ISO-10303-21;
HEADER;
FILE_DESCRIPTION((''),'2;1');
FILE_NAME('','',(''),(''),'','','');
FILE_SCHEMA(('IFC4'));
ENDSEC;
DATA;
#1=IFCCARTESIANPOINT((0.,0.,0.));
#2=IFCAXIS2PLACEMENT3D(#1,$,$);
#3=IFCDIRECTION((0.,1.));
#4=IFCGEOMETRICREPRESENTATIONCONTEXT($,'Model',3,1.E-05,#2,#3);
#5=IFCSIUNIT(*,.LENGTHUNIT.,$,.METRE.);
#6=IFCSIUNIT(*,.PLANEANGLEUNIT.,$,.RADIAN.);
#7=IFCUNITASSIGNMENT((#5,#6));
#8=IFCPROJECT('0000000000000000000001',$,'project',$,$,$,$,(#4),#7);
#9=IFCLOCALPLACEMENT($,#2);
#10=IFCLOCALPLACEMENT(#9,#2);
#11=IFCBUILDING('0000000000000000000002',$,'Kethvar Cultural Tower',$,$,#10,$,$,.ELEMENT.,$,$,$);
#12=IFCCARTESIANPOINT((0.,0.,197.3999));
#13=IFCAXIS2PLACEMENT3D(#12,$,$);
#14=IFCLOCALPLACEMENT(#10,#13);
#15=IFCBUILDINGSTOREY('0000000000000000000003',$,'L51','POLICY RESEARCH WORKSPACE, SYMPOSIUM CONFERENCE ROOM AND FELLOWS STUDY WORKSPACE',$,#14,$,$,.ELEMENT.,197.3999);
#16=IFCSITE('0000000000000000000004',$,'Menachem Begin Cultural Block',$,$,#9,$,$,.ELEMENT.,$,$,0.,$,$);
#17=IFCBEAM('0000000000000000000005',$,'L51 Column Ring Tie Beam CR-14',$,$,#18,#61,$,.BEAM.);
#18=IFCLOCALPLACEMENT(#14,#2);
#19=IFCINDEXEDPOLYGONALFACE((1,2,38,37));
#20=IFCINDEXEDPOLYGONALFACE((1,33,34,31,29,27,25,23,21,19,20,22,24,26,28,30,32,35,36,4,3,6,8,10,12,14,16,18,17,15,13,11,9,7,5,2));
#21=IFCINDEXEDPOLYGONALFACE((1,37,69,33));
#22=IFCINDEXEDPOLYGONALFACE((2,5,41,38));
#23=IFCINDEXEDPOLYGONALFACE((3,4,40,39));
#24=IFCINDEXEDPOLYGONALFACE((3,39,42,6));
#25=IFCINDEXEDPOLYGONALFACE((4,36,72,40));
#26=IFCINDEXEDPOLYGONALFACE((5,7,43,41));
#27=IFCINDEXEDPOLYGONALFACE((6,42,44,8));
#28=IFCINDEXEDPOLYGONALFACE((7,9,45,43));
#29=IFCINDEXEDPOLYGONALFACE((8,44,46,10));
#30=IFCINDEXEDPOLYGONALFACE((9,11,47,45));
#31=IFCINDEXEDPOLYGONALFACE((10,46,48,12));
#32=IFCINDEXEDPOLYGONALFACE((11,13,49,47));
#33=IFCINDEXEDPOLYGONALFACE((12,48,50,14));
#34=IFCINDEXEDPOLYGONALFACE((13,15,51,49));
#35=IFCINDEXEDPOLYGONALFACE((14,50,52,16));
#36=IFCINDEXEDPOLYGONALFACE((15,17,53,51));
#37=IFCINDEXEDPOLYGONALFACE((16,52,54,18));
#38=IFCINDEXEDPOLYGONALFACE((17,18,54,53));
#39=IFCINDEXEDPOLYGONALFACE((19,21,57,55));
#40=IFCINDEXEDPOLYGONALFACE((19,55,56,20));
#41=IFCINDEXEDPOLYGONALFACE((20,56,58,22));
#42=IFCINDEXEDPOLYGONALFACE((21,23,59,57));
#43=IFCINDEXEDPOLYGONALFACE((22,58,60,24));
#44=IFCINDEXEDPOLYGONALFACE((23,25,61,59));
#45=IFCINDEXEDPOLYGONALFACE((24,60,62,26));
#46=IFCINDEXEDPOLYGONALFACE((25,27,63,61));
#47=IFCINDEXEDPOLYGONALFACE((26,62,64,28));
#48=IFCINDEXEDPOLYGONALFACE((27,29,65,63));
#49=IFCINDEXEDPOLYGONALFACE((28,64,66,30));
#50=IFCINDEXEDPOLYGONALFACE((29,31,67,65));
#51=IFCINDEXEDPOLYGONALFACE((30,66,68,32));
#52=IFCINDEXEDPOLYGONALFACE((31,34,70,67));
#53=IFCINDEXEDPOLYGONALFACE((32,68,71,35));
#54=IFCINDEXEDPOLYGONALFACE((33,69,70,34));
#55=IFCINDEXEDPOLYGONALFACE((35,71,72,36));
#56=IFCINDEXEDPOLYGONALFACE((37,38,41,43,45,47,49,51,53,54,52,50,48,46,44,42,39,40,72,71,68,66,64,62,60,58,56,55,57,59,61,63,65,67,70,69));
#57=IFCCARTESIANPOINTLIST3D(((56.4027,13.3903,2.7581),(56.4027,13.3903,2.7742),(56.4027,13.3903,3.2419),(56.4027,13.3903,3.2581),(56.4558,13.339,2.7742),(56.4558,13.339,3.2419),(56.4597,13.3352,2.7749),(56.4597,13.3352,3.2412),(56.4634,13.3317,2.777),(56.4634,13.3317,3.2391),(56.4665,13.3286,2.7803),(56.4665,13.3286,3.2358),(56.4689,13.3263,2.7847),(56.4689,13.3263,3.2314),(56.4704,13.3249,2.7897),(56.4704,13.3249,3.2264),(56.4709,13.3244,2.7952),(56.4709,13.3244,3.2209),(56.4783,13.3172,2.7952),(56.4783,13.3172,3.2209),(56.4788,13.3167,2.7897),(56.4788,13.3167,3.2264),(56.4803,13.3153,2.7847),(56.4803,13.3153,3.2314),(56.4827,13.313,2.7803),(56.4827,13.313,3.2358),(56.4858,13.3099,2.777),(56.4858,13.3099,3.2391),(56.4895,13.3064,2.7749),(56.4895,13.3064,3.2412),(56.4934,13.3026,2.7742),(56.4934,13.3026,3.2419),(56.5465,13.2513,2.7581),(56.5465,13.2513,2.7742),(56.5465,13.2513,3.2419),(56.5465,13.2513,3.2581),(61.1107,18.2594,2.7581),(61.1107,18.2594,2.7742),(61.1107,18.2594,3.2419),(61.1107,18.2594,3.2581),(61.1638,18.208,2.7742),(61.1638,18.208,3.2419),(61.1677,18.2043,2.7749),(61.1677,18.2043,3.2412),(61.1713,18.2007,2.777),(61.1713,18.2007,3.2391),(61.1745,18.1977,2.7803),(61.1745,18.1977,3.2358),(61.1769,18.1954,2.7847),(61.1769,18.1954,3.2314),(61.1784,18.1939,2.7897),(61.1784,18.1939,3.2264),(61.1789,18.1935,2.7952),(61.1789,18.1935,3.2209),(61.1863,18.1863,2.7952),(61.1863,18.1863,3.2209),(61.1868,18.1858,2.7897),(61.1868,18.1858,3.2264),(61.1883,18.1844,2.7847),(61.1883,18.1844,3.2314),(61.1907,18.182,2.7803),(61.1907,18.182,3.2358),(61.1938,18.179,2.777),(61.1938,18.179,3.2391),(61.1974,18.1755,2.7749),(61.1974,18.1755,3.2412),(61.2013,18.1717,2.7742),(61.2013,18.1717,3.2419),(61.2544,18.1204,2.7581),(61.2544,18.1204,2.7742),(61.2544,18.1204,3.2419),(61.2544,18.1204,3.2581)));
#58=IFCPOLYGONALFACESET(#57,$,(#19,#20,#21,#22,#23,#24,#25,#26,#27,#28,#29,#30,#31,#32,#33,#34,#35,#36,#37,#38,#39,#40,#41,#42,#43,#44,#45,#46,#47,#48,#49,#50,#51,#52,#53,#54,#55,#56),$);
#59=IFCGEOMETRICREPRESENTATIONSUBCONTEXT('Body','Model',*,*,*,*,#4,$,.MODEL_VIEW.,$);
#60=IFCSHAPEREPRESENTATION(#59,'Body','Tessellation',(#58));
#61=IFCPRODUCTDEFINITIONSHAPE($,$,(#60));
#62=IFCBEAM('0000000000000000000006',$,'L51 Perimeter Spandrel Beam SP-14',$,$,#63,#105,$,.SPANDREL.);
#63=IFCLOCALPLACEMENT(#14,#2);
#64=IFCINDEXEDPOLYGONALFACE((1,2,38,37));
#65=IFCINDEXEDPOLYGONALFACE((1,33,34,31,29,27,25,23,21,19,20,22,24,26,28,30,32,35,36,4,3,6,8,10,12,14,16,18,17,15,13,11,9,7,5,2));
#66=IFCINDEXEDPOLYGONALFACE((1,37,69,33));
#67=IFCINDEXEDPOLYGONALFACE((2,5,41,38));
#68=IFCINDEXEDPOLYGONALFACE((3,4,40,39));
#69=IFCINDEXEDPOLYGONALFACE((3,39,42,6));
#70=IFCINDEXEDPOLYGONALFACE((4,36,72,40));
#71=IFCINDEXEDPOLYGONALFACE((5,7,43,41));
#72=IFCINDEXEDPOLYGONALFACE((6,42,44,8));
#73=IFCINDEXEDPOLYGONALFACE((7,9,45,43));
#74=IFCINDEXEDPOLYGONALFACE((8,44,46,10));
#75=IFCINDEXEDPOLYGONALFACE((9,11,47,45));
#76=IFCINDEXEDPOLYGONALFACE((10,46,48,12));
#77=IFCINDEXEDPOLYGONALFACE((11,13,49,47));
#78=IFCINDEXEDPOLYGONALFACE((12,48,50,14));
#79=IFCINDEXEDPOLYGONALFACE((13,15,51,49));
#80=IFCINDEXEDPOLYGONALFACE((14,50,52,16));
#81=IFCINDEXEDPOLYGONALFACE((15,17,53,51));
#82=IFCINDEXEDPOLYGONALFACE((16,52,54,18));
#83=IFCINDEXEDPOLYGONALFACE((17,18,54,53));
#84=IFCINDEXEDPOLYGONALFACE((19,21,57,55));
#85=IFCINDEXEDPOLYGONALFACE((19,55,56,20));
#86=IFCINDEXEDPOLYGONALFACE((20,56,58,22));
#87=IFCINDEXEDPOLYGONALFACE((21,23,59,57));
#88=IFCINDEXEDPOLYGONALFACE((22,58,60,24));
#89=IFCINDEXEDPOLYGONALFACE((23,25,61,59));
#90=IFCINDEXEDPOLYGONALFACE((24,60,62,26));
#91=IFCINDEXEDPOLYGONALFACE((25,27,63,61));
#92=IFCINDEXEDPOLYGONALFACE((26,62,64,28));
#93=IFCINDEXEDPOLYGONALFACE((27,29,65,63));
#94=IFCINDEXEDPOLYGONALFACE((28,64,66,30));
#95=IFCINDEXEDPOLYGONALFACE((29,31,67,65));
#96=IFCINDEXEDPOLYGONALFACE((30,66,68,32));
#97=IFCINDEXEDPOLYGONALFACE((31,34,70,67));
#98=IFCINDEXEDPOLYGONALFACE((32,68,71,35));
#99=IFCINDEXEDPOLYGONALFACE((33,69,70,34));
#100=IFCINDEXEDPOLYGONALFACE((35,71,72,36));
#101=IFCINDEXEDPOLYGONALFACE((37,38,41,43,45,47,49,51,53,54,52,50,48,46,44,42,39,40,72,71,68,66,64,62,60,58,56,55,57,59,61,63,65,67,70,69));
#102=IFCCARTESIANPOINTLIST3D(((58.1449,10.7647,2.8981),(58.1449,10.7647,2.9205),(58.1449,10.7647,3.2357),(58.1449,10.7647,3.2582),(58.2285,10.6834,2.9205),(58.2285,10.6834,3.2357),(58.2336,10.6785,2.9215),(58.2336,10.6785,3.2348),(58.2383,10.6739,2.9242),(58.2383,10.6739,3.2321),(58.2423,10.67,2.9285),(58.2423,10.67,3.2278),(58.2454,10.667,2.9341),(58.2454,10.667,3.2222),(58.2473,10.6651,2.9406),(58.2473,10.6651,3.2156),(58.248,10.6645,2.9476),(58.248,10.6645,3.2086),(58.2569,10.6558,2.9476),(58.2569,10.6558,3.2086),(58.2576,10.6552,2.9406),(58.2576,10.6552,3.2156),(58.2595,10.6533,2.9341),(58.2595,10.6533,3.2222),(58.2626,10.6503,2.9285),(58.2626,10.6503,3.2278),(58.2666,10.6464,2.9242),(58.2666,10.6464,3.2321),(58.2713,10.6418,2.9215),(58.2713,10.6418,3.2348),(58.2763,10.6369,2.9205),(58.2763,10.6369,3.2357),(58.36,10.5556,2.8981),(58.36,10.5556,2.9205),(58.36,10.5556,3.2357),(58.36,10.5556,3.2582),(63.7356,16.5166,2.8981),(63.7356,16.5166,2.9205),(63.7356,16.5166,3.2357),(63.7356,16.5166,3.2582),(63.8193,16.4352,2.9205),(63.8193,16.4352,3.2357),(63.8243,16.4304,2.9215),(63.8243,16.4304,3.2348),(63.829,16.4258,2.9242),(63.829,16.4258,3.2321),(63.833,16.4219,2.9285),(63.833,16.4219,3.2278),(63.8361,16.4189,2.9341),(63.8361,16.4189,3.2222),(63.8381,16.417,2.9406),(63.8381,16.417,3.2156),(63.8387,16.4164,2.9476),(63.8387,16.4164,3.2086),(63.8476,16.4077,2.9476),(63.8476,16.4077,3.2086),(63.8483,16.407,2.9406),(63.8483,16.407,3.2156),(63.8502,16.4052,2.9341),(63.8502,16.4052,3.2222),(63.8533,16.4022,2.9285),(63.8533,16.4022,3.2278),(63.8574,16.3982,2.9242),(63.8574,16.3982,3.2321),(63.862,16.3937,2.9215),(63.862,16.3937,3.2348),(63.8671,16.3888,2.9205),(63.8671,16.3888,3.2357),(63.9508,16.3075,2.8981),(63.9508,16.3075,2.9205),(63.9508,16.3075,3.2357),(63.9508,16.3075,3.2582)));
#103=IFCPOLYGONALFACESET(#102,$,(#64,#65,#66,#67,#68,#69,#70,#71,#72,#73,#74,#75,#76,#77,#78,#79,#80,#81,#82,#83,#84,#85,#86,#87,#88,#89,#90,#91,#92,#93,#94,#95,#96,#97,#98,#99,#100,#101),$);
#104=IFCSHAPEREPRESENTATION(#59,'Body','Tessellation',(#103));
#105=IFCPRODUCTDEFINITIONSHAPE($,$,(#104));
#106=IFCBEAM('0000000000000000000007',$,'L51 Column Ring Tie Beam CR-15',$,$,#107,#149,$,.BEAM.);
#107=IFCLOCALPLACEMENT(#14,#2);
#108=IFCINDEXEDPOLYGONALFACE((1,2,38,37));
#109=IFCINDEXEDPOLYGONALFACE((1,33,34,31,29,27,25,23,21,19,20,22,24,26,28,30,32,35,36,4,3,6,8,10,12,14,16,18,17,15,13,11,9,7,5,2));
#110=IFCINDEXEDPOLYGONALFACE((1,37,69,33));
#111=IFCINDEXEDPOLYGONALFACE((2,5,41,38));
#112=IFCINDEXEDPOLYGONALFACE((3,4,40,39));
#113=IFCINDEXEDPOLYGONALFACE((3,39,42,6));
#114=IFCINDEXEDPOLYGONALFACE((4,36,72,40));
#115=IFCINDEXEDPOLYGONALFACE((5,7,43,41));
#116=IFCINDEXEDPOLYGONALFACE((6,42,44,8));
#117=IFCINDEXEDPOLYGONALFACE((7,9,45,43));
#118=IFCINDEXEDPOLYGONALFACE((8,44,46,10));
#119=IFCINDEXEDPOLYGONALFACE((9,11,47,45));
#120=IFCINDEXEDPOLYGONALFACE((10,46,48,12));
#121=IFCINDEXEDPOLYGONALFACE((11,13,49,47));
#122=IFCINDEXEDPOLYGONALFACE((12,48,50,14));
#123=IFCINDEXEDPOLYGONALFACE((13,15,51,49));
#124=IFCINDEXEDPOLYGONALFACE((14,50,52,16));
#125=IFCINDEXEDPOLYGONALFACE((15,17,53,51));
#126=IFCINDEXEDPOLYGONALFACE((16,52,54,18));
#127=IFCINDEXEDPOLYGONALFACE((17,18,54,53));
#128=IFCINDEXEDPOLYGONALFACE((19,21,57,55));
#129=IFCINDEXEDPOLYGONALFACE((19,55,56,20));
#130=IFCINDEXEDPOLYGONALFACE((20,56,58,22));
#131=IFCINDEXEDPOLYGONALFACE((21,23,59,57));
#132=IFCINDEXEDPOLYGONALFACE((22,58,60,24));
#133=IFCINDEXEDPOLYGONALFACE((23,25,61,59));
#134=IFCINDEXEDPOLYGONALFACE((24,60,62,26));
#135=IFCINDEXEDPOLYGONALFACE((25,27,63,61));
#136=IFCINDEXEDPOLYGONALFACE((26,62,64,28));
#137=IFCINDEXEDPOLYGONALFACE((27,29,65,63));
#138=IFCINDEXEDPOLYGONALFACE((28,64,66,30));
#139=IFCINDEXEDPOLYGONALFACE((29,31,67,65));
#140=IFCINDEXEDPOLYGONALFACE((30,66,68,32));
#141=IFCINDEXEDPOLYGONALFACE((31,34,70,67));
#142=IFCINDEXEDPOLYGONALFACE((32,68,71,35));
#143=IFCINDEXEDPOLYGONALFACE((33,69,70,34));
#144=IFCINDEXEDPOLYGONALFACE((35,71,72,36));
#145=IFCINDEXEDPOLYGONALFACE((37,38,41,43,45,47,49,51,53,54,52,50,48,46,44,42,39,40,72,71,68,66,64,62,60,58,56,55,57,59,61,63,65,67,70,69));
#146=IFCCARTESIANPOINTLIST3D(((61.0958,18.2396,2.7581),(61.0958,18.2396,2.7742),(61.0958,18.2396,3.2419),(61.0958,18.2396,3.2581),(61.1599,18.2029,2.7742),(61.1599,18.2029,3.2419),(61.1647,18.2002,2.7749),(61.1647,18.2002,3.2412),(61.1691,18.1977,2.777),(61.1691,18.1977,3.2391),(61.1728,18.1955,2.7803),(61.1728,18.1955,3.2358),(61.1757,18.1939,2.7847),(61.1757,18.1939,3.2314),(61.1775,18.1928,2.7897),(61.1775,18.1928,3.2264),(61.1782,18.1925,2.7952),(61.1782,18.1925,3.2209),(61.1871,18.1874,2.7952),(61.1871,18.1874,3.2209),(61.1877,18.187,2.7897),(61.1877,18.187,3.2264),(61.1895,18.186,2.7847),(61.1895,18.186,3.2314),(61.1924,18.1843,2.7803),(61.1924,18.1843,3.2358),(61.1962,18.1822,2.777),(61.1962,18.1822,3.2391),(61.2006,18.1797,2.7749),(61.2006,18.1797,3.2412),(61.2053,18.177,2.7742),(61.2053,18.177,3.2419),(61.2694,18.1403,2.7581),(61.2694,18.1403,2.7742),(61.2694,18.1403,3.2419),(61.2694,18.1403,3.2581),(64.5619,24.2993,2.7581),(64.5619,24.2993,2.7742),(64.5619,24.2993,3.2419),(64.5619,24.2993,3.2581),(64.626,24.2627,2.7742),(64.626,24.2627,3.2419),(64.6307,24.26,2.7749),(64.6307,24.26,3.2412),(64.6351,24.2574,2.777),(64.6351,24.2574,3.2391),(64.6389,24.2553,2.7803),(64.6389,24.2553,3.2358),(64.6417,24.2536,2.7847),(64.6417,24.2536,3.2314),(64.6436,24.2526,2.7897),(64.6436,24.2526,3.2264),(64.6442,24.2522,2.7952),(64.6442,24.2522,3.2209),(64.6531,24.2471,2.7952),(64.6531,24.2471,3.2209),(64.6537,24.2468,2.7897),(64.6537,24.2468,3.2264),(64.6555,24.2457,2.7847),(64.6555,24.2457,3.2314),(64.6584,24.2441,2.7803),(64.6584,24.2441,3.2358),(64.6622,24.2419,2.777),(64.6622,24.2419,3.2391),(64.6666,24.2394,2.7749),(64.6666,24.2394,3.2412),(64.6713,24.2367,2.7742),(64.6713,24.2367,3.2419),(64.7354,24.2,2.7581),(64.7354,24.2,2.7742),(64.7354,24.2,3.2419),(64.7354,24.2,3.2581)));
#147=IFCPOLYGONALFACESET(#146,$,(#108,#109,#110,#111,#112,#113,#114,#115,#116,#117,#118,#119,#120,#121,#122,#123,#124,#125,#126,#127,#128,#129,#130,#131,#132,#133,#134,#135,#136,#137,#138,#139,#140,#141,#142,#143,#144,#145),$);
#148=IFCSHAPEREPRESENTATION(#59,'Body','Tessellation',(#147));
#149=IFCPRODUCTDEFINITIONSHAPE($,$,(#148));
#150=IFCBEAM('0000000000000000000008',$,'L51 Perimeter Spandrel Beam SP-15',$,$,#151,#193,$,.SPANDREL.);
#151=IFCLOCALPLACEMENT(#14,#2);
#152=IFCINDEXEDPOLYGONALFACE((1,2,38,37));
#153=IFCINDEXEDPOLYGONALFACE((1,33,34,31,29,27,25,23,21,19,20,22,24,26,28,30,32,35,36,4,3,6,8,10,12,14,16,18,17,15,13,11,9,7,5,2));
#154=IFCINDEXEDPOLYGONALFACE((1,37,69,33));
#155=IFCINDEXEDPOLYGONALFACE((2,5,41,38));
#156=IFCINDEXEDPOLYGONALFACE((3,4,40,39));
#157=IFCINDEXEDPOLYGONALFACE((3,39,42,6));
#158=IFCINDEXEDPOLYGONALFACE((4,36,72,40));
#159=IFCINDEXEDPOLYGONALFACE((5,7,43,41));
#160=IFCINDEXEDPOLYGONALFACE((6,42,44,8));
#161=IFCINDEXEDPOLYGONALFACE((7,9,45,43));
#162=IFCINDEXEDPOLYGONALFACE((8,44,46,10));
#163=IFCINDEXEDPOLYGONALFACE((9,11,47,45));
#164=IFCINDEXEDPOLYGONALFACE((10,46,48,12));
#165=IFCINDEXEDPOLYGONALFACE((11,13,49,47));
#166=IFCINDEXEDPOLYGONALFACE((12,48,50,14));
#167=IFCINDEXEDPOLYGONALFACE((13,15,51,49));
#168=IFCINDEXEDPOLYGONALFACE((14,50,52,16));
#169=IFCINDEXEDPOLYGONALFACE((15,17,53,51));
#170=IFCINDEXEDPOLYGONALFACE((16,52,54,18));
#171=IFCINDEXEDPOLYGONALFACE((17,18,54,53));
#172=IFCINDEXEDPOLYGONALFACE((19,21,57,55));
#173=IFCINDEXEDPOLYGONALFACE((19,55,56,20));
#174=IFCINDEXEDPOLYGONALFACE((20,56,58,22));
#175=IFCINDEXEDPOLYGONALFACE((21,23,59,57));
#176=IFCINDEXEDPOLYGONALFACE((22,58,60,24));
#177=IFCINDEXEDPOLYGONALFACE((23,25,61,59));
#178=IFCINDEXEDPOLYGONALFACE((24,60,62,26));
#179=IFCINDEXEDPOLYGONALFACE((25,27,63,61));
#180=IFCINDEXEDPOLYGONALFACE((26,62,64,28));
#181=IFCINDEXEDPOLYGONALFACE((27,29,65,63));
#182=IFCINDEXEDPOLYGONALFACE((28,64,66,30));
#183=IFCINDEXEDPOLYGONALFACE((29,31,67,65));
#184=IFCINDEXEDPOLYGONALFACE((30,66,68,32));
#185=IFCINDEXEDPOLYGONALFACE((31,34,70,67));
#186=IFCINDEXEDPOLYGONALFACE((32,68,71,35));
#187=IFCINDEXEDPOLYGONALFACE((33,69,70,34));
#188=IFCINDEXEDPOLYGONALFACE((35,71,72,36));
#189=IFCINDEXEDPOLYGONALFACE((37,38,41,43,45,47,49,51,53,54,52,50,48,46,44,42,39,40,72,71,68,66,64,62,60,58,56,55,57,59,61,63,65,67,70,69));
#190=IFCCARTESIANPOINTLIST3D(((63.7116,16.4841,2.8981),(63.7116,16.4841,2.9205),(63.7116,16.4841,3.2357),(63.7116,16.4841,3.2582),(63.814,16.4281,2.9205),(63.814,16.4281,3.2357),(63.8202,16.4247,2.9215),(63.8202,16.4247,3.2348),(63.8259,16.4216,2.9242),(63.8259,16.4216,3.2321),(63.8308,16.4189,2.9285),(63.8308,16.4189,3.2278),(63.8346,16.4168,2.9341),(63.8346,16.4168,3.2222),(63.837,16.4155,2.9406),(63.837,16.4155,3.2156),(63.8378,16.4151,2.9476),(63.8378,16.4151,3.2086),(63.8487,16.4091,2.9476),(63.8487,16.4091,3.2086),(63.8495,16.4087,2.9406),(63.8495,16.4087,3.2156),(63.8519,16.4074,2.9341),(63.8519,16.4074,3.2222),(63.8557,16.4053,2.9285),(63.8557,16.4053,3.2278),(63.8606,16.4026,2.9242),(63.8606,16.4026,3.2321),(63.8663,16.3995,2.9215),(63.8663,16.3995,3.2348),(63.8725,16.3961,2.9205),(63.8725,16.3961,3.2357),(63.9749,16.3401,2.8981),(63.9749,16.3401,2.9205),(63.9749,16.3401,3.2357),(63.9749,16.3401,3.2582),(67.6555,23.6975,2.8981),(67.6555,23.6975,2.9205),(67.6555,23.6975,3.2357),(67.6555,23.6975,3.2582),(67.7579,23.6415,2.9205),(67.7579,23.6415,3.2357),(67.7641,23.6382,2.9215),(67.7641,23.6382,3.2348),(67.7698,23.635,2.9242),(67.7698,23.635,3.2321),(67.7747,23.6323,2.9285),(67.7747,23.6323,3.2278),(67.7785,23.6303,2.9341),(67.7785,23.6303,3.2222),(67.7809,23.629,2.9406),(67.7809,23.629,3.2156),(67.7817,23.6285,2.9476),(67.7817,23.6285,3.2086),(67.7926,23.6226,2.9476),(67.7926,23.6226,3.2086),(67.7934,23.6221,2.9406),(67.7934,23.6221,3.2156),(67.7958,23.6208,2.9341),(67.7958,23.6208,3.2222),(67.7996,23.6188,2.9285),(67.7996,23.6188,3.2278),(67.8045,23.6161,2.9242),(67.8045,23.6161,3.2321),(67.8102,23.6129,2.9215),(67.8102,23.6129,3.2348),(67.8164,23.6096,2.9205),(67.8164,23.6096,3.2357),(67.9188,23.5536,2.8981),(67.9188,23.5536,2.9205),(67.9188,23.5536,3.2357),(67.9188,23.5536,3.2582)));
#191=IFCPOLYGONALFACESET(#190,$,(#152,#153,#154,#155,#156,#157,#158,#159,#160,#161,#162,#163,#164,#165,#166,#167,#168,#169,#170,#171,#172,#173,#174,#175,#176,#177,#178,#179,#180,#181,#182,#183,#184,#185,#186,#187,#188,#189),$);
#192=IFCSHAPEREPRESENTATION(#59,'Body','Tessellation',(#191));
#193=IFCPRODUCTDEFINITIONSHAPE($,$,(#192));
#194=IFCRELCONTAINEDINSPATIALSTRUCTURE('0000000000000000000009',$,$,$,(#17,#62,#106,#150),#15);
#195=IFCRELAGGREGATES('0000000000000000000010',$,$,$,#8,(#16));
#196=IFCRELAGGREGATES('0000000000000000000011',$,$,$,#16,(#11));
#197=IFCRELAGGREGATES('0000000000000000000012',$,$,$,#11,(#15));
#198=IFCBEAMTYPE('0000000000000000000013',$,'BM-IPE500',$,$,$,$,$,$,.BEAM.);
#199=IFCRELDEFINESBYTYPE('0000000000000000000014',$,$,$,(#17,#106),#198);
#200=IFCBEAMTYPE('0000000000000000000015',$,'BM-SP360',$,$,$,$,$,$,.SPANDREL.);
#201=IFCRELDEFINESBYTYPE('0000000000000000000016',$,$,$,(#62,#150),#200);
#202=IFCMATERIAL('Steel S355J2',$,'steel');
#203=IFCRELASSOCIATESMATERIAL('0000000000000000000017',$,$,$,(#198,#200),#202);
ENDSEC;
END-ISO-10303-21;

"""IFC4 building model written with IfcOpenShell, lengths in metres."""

from ifc_helpers import new_model, si_unit, direction, frame, origin, origin_2d, place, context, subcontext, project, spatial, i_section, extrude, source, transform, mapped, material, material_profile, profile_set, type_object, element, save


model = new_model("IFC4")

# Units and contexts
model_context = context("Model", 3, precision=1e-05, world=origin(), true_north=direction((0.0, 1.0)))
body_context = subcontext(model_context, "Body", "Model", "MODEL_VIEW")
ifc_project = project(units=[si_unit("LENGTHUNIT", "METRE"), si_unit("PLANEANGLEUNIT", "RADIAN")], contexts=[model_context])

# Site, building, storey
site_placement = place(None, origin())
site = spatial("IfcSite", under=ifc_project, at=site_placement, Name="Menachem Begin Cultural Block", CompositionType="ELEMENT", RefElevation=0.0)
building_placement = place(site_placement, origin())
building = spatial("IfcBuilding", under=site, at=building_placement, Name="Kethvar Cultural Tower", CompositionType="ELEMENT")
storey_placement = place(building_placement, frame((0.0, 0.0, 197.3999)))
storey = spatial("IfcBuildingStorey", under=building, at=storey_placement, Name="L51", Description="POLICY RESEARCH WORKSPACE, SYMPOSIUM CONFERENCE ROOM AND FELLOWS STUDY WORKSPACE", CompositionType="ELEMENT", Elevation=197.3999)

# Beams
ifc_material_1 = material(Name="Steel S355J2", Category="steel")
ifc_material_profile_1 = material_profile(ifc_material_1, i_section(OverallWidth=0.2, OverallDepth=0.5, WebThickness=0.0103, FlangeThickness=0.0161, FilletRadius=0.021, at=origin_2d()), Name="Steel S355J2 — IPE500")
ifc_profile_set_1 = profile_set([ifc_material_profile_1], Name="Steel S355J2 — IPE500")
beam_type_1 = type_object("IfcBeamType", Name="BM-IPE500", PredefinedType="BEAM", material=ifc_profile_set_1)
shared_shape_1 = source(origin(), body_context, "Body", "SweptSolid", [
    extrude(i_section(OverallWidth=0.2, OverallDepth=0.5, WebThickness=0.0103, FlangeThickness=0.0161, FilletRadius=0.021, at=origin_2d()), origin(), (0.0, 0.0, 1.0), 6.7729),
])
beam_1_placement = place(storey_placement, frame((56.4746, 13.3208, 3.0081), z_axis=(0.695112, 0.718902, 0.0), x_axis=(-0.718902, 0.695112, 0.0)))
element("IfcBeam", 1, at=beam_1_placement, inside=storey, type_object=beam_type_1, Name="L51 Column Ring Tie Beam CR-14", PredefinedType="BEAM", context=body_context, shape_type="MappedRepresentation", body=[
    mapped(shared_shape_1, transform((0.0, 0.0, 0.0), scale=1.0)),
])
ifc_material_profile_2 = material_profile(ifc_material_1, i_section(OverallWidth=0.3, OverallDepth=0.3601, WebThickness=0.0125, FlangeThickness=0.0225, FilletRadius=0.0271, at=origin_2d()), Name="Steel S355J2 — HEB360")
ifc_profile_set_2 = profile_set([ifc_material_profile_2], Name="Steel S355J2 — HEB360")
beam_type_2 = type_object("IfcBeamType", Name="BM-SP360", PredefinedType="SPANDREL", material=ifc_profile_set_2)
shared_shape_2 = source(origin(), body_context, "Body", "SweptSolid", [
    extrude(i_section(OverallWidth=0.3, OverallDepth=0.3601, WebThickness=0.0125, FlangeThickness=0.0225, FilletRadius=0.0271, at=origin_2d()), origin(), (0.0, 0.0, 1.0), 8.0212),
])
beam_2_placement = place(storey_placement, frame((58.2524, 10.6602, 3.0781), z_axis=(0.696991, 0.717079, 0.0), x_axis=(-0.717079, 0.696991, 0.0)))
element("IfcBeam", 2, at=beam_2_placement, inside=storey, type_object=beam_type_2, Name="L51 Perimeter Spandrel Beam SP-14", PredefinedType="SPANDREL", context=body_context, shape_type="MappedRepresentation", body=[
    mapped(shared_shape_2, transform((0.0, 0.0, 0.0), scale=1.0)),
])
shared_shape_3 = source(origin(), body_context, "Body", "SweptSolid", [
    extrude(i_section(OverallWidth=0.2, OverallDepth=0.5, WebThickness=0.0103, FlangeThickness=0.0161, FilletRadius=0.021, at=origin_2d()), origin(), (0.0, 0.0, 1.0), 6.981),
])
beam_3_placement = place(storey_placement, frame((61.1826, 18.1899, 3.0081), z_axis=(0.496497, 0.868039, 0.0), x_axis=(-0.868039, 0.496497, 0.0)))
element("IfcBeam", 3, at=beam_3_placement, inside=storey, type_object=beam_type_1, Name="L51 Column Ring Tie Beam CR-15", PredefinedType="BEAM", context=body_context, shape_type="MappedRepresentation", body=[
    mapped(shared_shape_3, transform((0.0, 0.0, 0.0), scale=1.0)),
])
shared_shape_4 = source(origin(), body_context, "Body", "SweptSolid", [
    extrude(i_section(OverallWidth=0.3, OverallDepth=0.3601, WebThickness=0.0125, FlangeThickness=0.0225, FilletRadius=0.0271, at=origin_2d()), origin(), (0.0, 0.0, 1.0), 8.2212),
])
beam_4_placement = place(storey_placement, frame((63.8433, 16.4121, 3.0781), z_axis=(0.479722, 0.877421, 0.0), x_axis=(-0.877421, 0.479722, 0.0)))
element("IfcBeam", 4, at=beam_4_placement, inside=storey, type_object=beam_type_2, Name="L51 Perimeter Spandrel Beam SP-15", PredefinedType="SPANDREL", context=body_context, shape_type="MappedRepresentation", body=[
    mapped(shared_shape_4, transform((0.0, 0.0, 0.0), scale=1.0)),
])

save(model, "model.ifc")
